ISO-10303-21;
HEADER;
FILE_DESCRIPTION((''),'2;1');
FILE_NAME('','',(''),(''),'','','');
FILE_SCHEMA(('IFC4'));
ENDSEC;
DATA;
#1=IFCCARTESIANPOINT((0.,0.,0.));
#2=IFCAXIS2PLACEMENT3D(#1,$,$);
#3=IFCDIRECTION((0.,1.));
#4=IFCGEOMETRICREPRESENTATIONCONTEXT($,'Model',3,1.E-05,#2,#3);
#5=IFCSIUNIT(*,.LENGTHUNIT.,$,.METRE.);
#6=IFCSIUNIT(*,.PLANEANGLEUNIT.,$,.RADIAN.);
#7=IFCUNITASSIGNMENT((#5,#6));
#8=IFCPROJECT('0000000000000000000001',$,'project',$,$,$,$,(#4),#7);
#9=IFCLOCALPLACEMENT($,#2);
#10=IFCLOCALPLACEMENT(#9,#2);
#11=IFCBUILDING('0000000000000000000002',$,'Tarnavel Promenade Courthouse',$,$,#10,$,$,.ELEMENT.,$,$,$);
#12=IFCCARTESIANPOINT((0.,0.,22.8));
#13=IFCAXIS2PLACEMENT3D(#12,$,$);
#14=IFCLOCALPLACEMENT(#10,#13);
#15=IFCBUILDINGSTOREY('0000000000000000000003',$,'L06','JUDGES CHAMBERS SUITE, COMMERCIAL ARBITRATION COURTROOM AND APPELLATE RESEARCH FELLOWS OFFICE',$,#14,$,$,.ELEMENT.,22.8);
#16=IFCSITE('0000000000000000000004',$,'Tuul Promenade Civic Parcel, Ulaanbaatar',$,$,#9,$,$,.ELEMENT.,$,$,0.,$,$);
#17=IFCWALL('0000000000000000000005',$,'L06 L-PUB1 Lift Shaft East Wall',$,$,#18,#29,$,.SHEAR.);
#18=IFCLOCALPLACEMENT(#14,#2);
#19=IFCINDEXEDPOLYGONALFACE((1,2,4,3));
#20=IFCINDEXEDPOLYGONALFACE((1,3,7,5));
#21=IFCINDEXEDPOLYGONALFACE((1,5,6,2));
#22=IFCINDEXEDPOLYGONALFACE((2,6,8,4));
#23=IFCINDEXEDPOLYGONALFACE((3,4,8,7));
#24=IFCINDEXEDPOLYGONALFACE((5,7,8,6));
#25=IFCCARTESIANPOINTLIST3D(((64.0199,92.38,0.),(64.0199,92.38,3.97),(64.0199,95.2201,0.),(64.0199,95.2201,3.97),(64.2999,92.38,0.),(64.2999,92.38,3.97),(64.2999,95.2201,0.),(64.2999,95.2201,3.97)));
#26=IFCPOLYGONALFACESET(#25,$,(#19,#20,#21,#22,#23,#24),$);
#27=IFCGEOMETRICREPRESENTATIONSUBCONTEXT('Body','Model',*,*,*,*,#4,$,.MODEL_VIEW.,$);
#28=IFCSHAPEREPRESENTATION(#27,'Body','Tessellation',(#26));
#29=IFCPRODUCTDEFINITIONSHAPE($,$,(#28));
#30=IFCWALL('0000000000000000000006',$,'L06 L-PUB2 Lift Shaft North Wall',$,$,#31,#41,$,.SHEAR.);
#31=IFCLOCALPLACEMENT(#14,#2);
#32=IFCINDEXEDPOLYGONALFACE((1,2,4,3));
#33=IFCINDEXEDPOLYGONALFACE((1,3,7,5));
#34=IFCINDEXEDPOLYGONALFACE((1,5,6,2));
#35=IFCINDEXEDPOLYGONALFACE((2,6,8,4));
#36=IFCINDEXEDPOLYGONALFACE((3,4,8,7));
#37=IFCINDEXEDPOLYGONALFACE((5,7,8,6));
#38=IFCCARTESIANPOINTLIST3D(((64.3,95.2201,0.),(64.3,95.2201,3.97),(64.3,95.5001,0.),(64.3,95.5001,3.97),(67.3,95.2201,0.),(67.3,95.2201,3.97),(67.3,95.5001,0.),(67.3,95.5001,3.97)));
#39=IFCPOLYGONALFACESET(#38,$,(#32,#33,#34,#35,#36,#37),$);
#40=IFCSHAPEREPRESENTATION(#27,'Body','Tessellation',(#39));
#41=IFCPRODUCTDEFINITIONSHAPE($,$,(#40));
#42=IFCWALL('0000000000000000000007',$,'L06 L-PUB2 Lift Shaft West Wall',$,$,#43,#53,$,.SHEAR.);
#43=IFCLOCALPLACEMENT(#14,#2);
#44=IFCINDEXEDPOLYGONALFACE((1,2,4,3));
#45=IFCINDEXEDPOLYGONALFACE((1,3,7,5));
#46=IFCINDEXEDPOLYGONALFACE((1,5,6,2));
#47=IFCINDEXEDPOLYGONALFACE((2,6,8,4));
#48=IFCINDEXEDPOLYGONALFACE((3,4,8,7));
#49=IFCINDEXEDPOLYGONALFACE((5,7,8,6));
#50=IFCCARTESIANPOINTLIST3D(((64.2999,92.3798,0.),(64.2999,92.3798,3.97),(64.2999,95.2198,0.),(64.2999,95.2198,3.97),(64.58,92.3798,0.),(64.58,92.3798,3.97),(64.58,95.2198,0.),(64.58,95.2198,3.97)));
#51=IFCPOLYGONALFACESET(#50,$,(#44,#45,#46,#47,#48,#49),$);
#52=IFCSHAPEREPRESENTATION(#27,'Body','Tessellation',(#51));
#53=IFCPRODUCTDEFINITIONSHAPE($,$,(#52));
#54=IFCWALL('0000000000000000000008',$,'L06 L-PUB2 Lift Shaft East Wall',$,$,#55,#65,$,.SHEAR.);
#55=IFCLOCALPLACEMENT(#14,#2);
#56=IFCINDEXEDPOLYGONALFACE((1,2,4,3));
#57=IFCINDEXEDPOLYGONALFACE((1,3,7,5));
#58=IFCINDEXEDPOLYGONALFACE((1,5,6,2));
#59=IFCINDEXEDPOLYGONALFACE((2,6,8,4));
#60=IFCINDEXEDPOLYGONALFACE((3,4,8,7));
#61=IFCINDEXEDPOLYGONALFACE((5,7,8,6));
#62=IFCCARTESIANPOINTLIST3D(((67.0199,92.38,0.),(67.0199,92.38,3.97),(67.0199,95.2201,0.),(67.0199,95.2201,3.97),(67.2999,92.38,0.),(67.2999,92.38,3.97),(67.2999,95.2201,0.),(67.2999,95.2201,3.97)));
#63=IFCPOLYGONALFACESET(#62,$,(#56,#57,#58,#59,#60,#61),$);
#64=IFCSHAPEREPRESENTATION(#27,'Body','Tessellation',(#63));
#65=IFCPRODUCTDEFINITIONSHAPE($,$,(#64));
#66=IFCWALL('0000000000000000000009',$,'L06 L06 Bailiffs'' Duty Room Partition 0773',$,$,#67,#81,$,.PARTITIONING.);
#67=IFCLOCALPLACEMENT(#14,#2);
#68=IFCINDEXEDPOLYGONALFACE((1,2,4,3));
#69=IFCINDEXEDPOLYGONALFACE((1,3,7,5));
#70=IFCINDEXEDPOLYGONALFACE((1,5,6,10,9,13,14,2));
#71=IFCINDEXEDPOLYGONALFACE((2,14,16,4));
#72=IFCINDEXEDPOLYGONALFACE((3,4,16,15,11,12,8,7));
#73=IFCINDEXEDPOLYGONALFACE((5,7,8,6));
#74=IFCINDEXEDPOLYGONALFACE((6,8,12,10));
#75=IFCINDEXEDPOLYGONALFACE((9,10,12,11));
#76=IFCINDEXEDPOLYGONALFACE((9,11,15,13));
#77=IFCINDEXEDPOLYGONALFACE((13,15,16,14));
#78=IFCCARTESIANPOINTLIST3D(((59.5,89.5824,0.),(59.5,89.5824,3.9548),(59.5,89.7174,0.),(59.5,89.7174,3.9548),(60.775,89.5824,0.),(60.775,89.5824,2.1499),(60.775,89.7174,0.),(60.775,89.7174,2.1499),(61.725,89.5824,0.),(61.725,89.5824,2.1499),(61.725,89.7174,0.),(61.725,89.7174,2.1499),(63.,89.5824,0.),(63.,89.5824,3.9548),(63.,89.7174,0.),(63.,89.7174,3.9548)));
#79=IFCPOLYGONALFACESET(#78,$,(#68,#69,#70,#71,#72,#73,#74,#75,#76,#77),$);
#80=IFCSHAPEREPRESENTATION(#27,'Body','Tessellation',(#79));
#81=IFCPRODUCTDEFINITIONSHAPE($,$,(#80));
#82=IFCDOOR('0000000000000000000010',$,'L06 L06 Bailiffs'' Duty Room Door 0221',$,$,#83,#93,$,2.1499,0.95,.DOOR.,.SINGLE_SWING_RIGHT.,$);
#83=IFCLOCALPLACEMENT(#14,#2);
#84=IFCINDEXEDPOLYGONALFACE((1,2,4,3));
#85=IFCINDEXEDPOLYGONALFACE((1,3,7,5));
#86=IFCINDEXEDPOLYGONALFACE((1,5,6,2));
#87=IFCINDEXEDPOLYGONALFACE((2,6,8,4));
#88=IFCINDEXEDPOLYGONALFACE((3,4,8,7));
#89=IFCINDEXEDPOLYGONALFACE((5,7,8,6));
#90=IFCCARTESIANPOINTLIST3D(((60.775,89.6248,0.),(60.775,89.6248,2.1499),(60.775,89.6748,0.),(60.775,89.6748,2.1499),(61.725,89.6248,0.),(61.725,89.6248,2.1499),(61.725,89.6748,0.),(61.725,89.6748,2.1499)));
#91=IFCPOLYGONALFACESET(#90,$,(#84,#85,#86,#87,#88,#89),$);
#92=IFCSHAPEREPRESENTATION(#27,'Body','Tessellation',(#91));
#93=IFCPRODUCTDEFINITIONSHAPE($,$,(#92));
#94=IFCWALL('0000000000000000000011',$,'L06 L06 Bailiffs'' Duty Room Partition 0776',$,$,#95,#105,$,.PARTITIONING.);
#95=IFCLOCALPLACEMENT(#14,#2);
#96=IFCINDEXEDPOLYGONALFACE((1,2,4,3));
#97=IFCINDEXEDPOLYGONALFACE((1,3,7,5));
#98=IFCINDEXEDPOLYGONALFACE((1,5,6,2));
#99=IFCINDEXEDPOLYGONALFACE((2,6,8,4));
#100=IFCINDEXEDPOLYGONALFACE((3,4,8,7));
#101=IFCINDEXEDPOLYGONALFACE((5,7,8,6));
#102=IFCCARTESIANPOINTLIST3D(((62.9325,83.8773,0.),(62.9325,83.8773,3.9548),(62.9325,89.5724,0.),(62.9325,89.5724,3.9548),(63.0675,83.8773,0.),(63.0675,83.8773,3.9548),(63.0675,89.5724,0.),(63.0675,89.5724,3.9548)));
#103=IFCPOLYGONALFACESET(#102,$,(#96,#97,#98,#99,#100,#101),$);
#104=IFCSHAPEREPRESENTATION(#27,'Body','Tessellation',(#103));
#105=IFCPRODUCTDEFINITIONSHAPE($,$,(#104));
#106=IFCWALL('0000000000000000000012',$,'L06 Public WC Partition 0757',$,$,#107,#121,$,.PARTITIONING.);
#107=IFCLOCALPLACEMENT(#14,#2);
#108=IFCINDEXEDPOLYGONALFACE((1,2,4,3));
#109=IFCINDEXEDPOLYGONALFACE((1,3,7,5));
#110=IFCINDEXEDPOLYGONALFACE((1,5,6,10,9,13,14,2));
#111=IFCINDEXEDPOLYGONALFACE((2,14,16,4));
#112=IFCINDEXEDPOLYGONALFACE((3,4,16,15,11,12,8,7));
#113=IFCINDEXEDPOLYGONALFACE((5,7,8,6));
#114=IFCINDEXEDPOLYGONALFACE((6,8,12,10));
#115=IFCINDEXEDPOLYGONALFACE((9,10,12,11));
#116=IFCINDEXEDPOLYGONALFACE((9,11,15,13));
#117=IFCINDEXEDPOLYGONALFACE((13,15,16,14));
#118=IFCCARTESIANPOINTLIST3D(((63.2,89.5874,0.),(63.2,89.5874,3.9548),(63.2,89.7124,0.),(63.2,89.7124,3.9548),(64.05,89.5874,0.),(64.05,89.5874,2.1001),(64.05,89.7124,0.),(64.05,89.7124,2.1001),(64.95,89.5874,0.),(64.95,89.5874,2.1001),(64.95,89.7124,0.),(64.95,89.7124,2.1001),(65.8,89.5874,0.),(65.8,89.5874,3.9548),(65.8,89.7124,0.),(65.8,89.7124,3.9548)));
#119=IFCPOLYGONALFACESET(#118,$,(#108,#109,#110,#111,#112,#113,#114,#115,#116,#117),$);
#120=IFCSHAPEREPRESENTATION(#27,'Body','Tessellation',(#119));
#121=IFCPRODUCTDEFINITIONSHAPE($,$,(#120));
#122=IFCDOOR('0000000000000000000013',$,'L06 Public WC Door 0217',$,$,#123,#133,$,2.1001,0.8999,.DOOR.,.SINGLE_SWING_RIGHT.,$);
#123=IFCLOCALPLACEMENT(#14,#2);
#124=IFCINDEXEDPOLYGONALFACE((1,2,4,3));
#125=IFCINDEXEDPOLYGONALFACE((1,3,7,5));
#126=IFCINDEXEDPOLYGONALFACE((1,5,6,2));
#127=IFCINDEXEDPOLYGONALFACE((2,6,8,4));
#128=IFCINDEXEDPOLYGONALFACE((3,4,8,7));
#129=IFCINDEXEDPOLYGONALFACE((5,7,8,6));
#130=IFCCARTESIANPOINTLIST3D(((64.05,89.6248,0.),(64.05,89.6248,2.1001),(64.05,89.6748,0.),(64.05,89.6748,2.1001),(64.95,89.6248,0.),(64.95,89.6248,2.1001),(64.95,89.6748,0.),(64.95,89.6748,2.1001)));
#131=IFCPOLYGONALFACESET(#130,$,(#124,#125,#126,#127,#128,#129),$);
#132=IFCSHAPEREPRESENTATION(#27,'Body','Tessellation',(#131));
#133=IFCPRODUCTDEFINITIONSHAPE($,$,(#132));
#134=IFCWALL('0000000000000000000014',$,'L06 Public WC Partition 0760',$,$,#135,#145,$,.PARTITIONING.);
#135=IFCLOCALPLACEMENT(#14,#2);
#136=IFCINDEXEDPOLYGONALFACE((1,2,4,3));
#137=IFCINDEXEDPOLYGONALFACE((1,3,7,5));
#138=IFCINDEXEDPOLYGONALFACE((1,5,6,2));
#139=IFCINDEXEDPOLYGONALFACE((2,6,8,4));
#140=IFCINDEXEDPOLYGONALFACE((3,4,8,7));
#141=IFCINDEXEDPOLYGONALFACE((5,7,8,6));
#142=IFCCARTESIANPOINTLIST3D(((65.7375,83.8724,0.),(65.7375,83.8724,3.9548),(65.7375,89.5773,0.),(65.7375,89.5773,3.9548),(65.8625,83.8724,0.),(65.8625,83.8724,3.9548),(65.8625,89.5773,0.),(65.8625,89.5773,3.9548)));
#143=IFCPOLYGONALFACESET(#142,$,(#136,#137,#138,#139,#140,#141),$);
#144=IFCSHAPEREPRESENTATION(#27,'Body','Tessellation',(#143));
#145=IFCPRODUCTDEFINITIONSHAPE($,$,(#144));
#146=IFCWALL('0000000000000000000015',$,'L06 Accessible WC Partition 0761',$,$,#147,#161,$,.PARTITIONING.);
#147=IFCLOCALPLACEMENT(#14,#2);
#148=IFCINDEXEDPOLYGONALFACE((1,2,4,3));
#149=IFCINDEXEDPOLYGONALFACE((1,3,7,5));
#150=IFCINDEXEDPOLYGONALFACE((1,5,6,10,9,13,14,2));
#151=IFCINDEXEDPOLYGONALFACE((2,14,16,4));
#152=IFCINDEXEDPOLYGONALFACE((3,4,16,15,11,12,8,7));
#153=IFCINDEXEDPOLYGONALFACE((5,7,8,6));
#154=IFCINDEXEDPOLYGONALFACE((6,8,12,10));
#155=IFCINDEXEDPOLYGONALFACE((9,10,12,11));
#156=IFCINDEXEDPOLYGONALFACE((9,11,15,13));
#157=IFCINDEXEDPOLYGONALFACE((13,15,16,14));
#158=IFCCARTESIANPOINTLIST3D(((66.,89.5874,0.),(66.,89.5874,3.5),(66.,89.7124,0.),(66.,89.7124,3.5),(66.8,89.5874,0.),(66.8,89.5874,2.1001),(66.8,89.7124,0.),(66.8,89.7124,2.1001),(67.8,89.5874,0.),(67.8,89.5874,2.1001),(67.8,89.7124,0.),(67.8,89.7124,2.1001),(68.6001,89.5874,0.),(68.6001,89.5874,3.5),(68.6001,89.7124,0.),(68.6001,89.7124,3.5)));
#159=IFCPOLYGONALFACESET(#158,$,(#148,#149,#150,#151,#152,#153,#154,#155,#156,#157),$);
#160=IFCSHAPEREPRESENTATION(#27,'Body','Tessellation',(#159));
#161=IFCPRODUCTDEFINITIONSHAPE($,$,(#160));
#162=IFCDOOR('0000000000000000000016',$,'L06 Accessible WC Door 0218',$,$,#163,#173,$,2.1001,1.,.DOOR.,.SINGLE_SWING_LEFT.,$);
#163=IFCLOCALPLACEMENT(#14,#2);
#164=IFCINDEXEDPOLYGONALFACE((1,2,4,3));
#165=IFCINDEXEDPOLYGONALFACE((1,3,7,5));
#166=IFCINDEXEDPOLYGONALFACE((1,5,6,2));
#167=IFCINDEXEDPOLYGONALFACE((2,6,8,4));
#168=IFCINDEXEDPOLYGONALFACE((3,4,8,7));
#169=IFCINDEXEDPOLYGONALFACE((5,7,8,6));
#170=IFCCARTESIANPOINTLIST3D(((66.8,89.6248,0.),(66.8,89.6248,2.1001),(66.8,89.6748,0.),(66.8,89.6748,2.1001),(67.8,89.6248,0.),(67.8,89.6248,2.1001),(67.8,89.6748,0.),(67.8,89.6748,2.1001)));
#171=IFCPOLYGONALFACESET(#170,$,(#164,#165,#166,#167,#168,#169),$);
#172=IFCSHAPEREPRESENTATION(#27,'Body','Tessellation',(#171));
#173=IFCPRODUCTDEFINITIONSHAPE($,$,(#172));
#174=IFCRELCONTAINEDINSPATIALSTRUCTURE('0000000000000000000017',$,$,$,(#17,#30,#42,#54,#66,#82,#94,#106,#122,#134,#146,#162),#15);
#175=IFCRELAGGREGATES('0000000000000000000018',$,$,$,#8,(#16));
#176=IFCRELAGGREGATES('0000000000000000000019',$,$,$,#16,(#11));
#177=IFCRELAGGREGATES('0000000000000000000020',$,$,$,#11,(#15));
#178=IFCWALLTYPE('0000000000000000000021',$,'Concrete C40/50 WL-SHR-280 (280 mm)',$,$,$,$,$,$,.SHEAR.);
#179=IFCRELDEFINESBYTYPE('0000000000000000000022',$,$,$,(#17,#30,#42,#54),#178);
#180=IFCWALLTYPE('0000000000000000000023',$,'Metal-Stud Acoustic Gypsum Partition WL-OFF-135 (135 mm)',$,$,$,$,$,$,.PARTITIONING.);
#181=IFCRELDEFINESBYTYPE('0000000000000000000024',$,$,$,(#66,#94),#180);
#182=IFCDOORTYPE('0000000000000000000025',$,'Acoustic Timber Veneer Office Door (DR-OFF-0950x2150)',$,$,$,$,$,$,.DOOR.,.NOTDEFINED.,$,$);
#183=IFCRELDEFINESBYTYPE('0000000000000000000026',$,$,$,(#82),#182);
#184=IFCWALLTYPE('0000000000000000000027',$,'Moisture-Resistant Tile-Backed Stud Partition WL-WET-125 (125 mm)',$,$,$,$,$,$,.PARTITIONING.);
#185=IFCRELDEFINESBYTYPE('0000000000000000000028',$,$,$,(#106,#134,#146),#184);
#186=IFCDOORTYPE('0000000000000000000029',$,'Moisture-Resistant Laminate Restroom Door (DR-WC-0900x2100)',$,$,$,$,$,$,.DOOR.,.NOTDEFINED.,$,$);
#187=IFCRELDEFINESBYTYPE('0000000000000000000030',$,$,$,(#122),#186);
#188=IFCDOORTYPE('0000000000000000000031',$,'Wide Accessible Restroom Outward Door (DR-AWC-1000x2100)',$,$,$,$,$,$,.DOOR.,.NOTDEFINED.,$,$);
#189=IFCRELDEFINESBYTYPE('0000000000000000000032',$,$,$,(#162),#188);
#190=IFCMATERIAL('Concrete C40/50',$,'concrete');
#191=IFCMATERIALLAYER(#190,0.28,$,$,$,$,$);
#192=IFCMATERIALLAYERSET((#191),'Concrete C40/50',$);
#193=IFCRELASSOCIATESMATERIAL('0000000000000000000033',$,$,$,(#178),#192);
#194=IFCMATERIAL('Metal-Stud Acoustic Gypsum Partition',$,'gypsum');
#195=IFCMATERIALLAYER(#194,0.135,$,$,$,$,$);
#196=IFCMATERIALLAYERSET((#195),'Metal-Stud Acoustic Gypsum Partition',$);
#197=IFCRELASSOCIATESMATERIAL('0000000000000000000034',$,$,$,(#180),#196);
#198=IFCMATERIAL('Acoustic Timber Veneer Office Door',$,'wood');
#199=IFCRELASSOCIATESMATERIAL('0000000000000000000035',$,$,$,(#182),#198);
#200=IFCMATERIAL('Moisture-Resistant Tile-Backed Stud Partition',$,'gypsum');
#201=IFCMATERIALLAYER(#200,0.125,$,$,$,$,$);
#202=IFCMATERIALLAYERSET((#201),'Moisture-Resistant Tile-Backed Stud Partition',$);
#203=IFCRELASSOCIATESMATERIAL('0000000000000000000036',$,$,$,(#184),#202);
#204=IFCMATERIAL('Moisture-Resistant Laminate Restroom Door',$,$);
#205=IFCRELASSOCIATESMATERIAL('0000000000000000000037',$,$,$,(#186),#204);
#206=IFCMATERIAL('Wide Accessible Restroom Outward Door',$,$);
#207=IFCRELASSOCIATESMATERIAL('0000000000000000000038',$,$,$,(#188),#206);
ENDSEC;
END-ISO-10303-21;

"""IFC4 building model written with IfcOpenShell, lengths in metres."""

from ifc_helpers import new_model, si_unit, direction, frame, frame_2d, origin, place, context, subcontext, project, spatial, rectangle, extrude, material, layer, layer_set, type_object, element, fill, save


model = new_model("IFC4")

# Units and contexts
model_context = context("Model", 3, precision=1e-05, world=origin(), true_north=direction((0.0, 1.0)))
body_context = subcontext(model_context, "Body", "Model", "MODEL_VIEW")
ifc_project = project(units=[si_unit("LENGTHUNIT", "METRE"), si_unit("PLANEANGLEUNIT", "RADIAN")], contexts=[model_context])

# Site, building, storey
site_placement = place(None, origin())
site = spatial("IfcSite", under=ifc_project, at=site_placement, Name="Tuul Promenade Civic Parcel, Ulaanbaatar", CompositionType="ELEMENT", RefElevation=0.0)
building_placement = place(site_placement, origin())
building = spatial("IfcBuilding", under=site, at=building_placement, Name="Tarnavel Promenade Courthouse", CompositionType="ELEMENT")
storey_placement = place(building_placement, frame((0.0, 0.0, 22.8)))
storey = spatial("IfcBuildingStorey", under=building, at=storey_placement, Name="L06", Description="JUDGES CHAMBERS SUITE, COMMERCIAL ARBITRATION COURTROOM AND APPELLATE RESEARCH FELLOWS OFFICE", CompositionType="ELEMENT", Elevation=22.8)

# Shared definitions
ifc_material_1 = material(Name="Concrete C40/50", Category="concrete")

# Shared definitions
ifc_layer_1 = layer(ifc_material_1, 0.28)
ifc_layer_set_1 = layer_set([ifc_layer_1], Name="Concrete C40/50")
wall_type_1 = type_object("IfcWallType", Name="Concrete C40/50 WL-SHR-280 (280 mm)", PredefinedType="SHEAR", material=ifc_layer_set_1)

# Walls
for number, where, z_axis, x_axis, name in (
    (1, (64.1599, 95.22, 0.0), (0.0, 0.0, 1.0), (0.0, -1.0, 0.0), "L06 L-PUB1 Lift Shaft East Wall"),
):
    element("IfcWall", number, at=place(storey_placement, frame(where, z_axis=z_axis, x_axis=x_axis)), inside=storey, type_object=wall_type_1, Name=name, PredefinedType="SHEAR", context=body_context, shape_type="SweptSolid", body=[
        extrude(rectangle(XDim=2.8401, YDim=0.28, at=frame_2d((1.4199, 0.0))), origin(), (0.0, 0.0, 1.0), 3.97),
    ])
wall_1_placement = place(storey_placement, frame((64.3, 95.3601, 0.0), z_axis=(0.0, 0.0, 1.0), x_axis=(1.0, 0.0, 0.0)))
element("IfcWall", 2, at=wall_1_placement, inside=storey, type_object=wall_type_1, Name="L06 L-PUB2 Lift Shaft North Wall", PredefinedType="SHEAR", context=body_context, shape_type="SweptSolid", body=[
    extrude(rectangle(XDim=3.0, YDim=0.28, at=frame_2d((1.5, 0.0))), origin(), (0.0, 0.0, 1.0), 3.97),
])
for number, where, z_axis, x_axis, name in (
    (3, (64.4399, 92.3799, 0.0), (0.0, 0.0, 1.0), (0.0, 1.0, 0.0), "L06 L-PUB2 Lift Shaft West Wall"),
    (4, (67.1599, 95.22, 0.0), (0.0, 0.0, 1.0), (0.0, -1.0, 0.0), "L06 L-PUB2 Lift Shaft East Wall"),
):
    element("IfcWall", number, at=place(storey_placement, frame(where, z_axis=z_axis, x_axis=x_axis)), inside=storey, type_object=wall_type_1, Name=name, PredefinedType="SHEAR", context=body_context, shape_type="SweptSolid", body=[
        extrude(rectangle(XDim=2.8401, YDim=0.28, at=frame_2d((1.4199, 0.0))), origin(), (0.0, 0.0, 1.0), 3.97),
    ])

# Wall, opening, door
ifc_material_2 = material(Name="Metal-Stud Acoustic Gypsum Partition", Category="gypsum")
ifc_layer_2 = layer(ifc_material_2, 0.135)
ifc_layer_set_2 = layer_set([ifc_layer_2], Name="Metal-Stud Acoustic Gypsum Partition")
wall_type_2 = type_object("IfcWallType", Name="Metal-Stud Acoustic Gypsum Partition WL-OFF-135 (135 mm)", PredefinedType="PARTITIONING", material=ifc_layer_set_2)
wall_2_placement = place(storey_placement, frame((59.5, 89.6499, 0.0), z_axis=(0.0, 0.0, 1.0), x_axis=(1.0, 0.0, 0.0)))
wall_2 = element("IfcWall", 5, at=wall_2_placement, inside=storey, type_object=wall_type_2, Name="L06 L06 Bailiffs' Duty Room Partition 0773", PredefinedType="PARTITIONING", context=body_context, shape_type="SweptSolid", body=[
    extrude(rectangle(XDim=3.5, YDim=0.135, at=frame_2d((1.75, 0.0))), origin(), (0.0, 0.0, 1.0), 3.9548),
])
opening_1_placement = place(wall_2_placement, frame((1.2749, 0.0, 0.0)))
opening_1 = element("IfcOpeningElement", 6, at=opening_1_placement, cuts=wall_2, PredefinedType="OPENING", context=body_context, shape_type="SweptSolid", body=[
    extrude(rectangle(XDim=0.95, YDim=2.1499, at=frame_2d((0.4751, 1.075))), frame((0.0, 0.0774, 0.0), z_axis=(0.0, -1.0, 0.0), x_axis=(1.0, 0.0, 0.0)), (0.0, 0.0, 1.0), 0.155),
])
ifc_material_3 = material(Name="Acoustic Timber Veneer Office Door", Category="wood")
door_type_1 = type_object("IfcDoorType", Name="Acoustic Timber Veneer Office Door (DR-OFF-0950x2150)", OperationType="NOTDEFINED", PredefinedType="DOOR", material=ifc_material_3)
door_1_placement = place(opening_1_placement, origin())
door_1 = element("IfcDoor", 7, at=door_1_placement, inside=storey, type_object=door_type_1, Name="L06 L06 Bailiffs' Duty Room Door 0221", OperationType="SINGLE_SWING_RIGHT", OverallHeight=2.1499, OverallWidth=0.95, PredefinedType="DOOR", context=body_context, shape_type="SweptSolid", body=[
    extrude(rectangle(XDim=0.95, YDim=2.1499, at=frame_2d((0.4751, 1.075))), frame((0.0, 0.0249, 0.0), z_axis=(0.0, -1.0, 0.0), x_axis=(1.0, 0.0, 0.0)), (0.0, 0.0, 1.0), 0.05),
])
fill(opening_1, door_1)

# Wall
wall_3_placement = place(storey_placement, frame((63.0, 89.5725, 0.0), z_axis=(0.0, 0.0, 1.0), x_axis=(0.0, -1.0, 0.0)))
element("IfcWall", 8, at=wall_3_placement, inside=storey, type_object=wall_type_2, Name="L06 L06 Bailiffs' Duty Room Partition 0776", PredefinedType="PARTITIONING", context=body_context, shape_type="SweptSolid", body=[
    extrude(rectangle(XDim=5.6951, YDim=0.135, at=frame_2d((2.8477, 0.0))), origin(), (0.0, 0.0, 1.0), 3.9548),
])

# Wall, opening, door
ifc_material_4 = material(Name="Moisture-Resistant Tile-Backed Stud Partition", Category="gypsum")
ifc_layer_3 = layer(ifc_material_4, 0.125)
ifc_layer_set_3 = layer_set([ifc_layer_3], Name="Moisture-Resistant Tile-Backed Stud Partition")
wall_type_3 = type_object("IfcWallType", Name="Moisture-Resistant Tile-Backed Stud Partition WL-WET-125 (125 mm)", PredefinedType="PARTITIONING", material=ifc_layer_set_3)
wall_4_placement = place(storey_placement, frame((63.2, 89.6499, 0.0), z_axis=(0.0, 0.0, 1.0), x_axis=(1.0, 0.0, 0.0)))
wall_4 = element("IfcWall", 9, at=wall_4_placement, inside=storey, type_object=wall_type_3, Name="L06 Public WC Partition 0757", PredefinedType="PARTITIONING", context=body_context, shape_type="SweptSolid", body=[
    extrude(rectangle(XDim=2.6001, YDim=0.125, at=frame_2d((1.3, 0.0))), origin(), (0.0, 0.0, 1.0), 3.9548),
])
opening_2_placement = place(wall_4_placement, frame((0.8501, 0.0, 0.0)))
opening_2 = element("IfcOpeningElement", 10, at=opening_2_placement, cuts=wall_4, PredefinedType="OPENING", context=body_context, shape_type="SweptSolid", body=[
    extrude(rectangle(XDim=0.8999, YDim=2.1001, at=frame_2d((0.45, 1.05))), frame((0.0, 0.0725, 0.0), z_axis=(0.0, -1.0, 0.0), x_axis=(1.0, 0.0, 0.0)), (0.0, 0.0, 1.0), 0.145),
])
ifc_material_5 = material(Name="Moisture-Resistant Laminate Restroom Door")
door_type_2 = type_object("IfcDoorType", Name="Moisture-Resistant Laminate Restroom Door (DR-WC-0900x2100)", OperationType="NOTDEFINED", PredefinedType="DOOR", material=ifc_material_5)
door_2_placement = place(opening_2_placement, origin())
door_2 = element("IfcDoor", 11, at=door_2_placement, inside=storey, type_object=door_type_2, Name="L06 Public WC Door 0217", OperationType="SINGLE_SWING_RIGHT", OverallHeight=2.1001, OverallWidth=0.8999, PredefinedType="DOOR", context=body_context, shape_type="SweptSolid", body=[
    extrude(rectangle(XDim=0.8999, YDim=2.1001, at=frame_2d((0.45, 1.05))), frame((0.0, 0.0249, 0.0), z_axis=(0.0, -1.0, 0.0), x_axis=(1.0, 0.0, 0.0)), (0.0, 0.0, 1.0), 0.05),
])
fill(opening_2, door_2)

# Wall
wall_5_placement = place(storey_placement, frame((65.8, 89.5774, 0.0), z_axis=(0.0, 0.0, 1.0), x_axis=(0.0, -1.0, 0.0)))
element("IfcWall", 12, at=wall_5_placement, inside=storey, type_object=wall_type_3, Name="L06 Public WC Partition 0760", PredefinedType="PARTITIONING", context=body_context, shape_type="SweptSolid", body=[
    extrude(rectangle(XDim=5.7048, YDim=0.125, at=frame_2d((2.8525, 0.0))), origin(), (0.0, 0.0, 1.0), 3.9548),
])

# Wall, opening, door
wall_6_placement = place(storey_placement, frame((66.0, 89.6499, 0.0), z_axis=(0.0, 0.0, 1.0), x_axis=(1.0, 0.0, 0.0)))
wall_6 = element("IfcWall", 13, at=wall_6_placement, inside=storey, type_object=wall_type_3, Name="L06 Accessible WC Partition 0761", PredefinedType="PARTITIONING", context=body_context, shape_type="SweptSolid", body=[
    extrude(rectangle(XDim=2.6001, YDim=0.125, at=frame_2d((1.3, 0.0))), origin(), (0.0, 0.0, 1.0), 3.5),
])
opening_3_placement = place(wall_6_placement, frame((0.8, 0.0, 0.0)))
opening_3 = element("IfcOpeningElement", 14, at=opening_3_placement, cuts=wall_6, PredefinedType="OPENING", context=body_context, shape_type="SweptSolid", body=[
    extrude(rectangle(XDim=1.0, YDim=2.1001, at=frame_2d((0.5, 1.05))), frame((0.0, 0.0725, 0.0), z_axis=(0.0, -1.0, 0.0), x_axis=(1.0, 0.0, 0.0)), (0.0, 0.0, 1.0), 0.145),
])
ifc_material_6 = material(Name="Wide Accessible Restroom Outward Door")
door_type_3 = type_object("IfcDoorType", Name="Wide Accessible Restroom Outward Door (DR-AWC-1000x2100)", OperationType="NOTDEFINED", PredefinedType="DOOR", material=ifc_material_6)
door_3_placement = place(opening_3_placement, origin())
door_3 = element("IfcDoor", 15, at=door_3_placement, inside=storey, type_object=door_type_3, Name="L06 Accessible WC Door 0218", OperationType="SINGLE_SWING_LEFT", OverallHeight=2.1001, OverallWidth=1.0, PredefinedType="DOOR", context=body_context, shape_type="SweptSolid", body=[
    extrude(rectangle(XDim=1.0, YDim=2.1001, at=frame_2d((0.5, 1.05))), frame((0.0, 0.0249, 0.0), z_axis=(0.0, -1.0, 0.0), x_axis=(1.0, 0.0, 0.0)), (0.0, 0.0, 1.0), 0.05),
])
fill(opening_3, door_3)

save(model, "model.ifc")
